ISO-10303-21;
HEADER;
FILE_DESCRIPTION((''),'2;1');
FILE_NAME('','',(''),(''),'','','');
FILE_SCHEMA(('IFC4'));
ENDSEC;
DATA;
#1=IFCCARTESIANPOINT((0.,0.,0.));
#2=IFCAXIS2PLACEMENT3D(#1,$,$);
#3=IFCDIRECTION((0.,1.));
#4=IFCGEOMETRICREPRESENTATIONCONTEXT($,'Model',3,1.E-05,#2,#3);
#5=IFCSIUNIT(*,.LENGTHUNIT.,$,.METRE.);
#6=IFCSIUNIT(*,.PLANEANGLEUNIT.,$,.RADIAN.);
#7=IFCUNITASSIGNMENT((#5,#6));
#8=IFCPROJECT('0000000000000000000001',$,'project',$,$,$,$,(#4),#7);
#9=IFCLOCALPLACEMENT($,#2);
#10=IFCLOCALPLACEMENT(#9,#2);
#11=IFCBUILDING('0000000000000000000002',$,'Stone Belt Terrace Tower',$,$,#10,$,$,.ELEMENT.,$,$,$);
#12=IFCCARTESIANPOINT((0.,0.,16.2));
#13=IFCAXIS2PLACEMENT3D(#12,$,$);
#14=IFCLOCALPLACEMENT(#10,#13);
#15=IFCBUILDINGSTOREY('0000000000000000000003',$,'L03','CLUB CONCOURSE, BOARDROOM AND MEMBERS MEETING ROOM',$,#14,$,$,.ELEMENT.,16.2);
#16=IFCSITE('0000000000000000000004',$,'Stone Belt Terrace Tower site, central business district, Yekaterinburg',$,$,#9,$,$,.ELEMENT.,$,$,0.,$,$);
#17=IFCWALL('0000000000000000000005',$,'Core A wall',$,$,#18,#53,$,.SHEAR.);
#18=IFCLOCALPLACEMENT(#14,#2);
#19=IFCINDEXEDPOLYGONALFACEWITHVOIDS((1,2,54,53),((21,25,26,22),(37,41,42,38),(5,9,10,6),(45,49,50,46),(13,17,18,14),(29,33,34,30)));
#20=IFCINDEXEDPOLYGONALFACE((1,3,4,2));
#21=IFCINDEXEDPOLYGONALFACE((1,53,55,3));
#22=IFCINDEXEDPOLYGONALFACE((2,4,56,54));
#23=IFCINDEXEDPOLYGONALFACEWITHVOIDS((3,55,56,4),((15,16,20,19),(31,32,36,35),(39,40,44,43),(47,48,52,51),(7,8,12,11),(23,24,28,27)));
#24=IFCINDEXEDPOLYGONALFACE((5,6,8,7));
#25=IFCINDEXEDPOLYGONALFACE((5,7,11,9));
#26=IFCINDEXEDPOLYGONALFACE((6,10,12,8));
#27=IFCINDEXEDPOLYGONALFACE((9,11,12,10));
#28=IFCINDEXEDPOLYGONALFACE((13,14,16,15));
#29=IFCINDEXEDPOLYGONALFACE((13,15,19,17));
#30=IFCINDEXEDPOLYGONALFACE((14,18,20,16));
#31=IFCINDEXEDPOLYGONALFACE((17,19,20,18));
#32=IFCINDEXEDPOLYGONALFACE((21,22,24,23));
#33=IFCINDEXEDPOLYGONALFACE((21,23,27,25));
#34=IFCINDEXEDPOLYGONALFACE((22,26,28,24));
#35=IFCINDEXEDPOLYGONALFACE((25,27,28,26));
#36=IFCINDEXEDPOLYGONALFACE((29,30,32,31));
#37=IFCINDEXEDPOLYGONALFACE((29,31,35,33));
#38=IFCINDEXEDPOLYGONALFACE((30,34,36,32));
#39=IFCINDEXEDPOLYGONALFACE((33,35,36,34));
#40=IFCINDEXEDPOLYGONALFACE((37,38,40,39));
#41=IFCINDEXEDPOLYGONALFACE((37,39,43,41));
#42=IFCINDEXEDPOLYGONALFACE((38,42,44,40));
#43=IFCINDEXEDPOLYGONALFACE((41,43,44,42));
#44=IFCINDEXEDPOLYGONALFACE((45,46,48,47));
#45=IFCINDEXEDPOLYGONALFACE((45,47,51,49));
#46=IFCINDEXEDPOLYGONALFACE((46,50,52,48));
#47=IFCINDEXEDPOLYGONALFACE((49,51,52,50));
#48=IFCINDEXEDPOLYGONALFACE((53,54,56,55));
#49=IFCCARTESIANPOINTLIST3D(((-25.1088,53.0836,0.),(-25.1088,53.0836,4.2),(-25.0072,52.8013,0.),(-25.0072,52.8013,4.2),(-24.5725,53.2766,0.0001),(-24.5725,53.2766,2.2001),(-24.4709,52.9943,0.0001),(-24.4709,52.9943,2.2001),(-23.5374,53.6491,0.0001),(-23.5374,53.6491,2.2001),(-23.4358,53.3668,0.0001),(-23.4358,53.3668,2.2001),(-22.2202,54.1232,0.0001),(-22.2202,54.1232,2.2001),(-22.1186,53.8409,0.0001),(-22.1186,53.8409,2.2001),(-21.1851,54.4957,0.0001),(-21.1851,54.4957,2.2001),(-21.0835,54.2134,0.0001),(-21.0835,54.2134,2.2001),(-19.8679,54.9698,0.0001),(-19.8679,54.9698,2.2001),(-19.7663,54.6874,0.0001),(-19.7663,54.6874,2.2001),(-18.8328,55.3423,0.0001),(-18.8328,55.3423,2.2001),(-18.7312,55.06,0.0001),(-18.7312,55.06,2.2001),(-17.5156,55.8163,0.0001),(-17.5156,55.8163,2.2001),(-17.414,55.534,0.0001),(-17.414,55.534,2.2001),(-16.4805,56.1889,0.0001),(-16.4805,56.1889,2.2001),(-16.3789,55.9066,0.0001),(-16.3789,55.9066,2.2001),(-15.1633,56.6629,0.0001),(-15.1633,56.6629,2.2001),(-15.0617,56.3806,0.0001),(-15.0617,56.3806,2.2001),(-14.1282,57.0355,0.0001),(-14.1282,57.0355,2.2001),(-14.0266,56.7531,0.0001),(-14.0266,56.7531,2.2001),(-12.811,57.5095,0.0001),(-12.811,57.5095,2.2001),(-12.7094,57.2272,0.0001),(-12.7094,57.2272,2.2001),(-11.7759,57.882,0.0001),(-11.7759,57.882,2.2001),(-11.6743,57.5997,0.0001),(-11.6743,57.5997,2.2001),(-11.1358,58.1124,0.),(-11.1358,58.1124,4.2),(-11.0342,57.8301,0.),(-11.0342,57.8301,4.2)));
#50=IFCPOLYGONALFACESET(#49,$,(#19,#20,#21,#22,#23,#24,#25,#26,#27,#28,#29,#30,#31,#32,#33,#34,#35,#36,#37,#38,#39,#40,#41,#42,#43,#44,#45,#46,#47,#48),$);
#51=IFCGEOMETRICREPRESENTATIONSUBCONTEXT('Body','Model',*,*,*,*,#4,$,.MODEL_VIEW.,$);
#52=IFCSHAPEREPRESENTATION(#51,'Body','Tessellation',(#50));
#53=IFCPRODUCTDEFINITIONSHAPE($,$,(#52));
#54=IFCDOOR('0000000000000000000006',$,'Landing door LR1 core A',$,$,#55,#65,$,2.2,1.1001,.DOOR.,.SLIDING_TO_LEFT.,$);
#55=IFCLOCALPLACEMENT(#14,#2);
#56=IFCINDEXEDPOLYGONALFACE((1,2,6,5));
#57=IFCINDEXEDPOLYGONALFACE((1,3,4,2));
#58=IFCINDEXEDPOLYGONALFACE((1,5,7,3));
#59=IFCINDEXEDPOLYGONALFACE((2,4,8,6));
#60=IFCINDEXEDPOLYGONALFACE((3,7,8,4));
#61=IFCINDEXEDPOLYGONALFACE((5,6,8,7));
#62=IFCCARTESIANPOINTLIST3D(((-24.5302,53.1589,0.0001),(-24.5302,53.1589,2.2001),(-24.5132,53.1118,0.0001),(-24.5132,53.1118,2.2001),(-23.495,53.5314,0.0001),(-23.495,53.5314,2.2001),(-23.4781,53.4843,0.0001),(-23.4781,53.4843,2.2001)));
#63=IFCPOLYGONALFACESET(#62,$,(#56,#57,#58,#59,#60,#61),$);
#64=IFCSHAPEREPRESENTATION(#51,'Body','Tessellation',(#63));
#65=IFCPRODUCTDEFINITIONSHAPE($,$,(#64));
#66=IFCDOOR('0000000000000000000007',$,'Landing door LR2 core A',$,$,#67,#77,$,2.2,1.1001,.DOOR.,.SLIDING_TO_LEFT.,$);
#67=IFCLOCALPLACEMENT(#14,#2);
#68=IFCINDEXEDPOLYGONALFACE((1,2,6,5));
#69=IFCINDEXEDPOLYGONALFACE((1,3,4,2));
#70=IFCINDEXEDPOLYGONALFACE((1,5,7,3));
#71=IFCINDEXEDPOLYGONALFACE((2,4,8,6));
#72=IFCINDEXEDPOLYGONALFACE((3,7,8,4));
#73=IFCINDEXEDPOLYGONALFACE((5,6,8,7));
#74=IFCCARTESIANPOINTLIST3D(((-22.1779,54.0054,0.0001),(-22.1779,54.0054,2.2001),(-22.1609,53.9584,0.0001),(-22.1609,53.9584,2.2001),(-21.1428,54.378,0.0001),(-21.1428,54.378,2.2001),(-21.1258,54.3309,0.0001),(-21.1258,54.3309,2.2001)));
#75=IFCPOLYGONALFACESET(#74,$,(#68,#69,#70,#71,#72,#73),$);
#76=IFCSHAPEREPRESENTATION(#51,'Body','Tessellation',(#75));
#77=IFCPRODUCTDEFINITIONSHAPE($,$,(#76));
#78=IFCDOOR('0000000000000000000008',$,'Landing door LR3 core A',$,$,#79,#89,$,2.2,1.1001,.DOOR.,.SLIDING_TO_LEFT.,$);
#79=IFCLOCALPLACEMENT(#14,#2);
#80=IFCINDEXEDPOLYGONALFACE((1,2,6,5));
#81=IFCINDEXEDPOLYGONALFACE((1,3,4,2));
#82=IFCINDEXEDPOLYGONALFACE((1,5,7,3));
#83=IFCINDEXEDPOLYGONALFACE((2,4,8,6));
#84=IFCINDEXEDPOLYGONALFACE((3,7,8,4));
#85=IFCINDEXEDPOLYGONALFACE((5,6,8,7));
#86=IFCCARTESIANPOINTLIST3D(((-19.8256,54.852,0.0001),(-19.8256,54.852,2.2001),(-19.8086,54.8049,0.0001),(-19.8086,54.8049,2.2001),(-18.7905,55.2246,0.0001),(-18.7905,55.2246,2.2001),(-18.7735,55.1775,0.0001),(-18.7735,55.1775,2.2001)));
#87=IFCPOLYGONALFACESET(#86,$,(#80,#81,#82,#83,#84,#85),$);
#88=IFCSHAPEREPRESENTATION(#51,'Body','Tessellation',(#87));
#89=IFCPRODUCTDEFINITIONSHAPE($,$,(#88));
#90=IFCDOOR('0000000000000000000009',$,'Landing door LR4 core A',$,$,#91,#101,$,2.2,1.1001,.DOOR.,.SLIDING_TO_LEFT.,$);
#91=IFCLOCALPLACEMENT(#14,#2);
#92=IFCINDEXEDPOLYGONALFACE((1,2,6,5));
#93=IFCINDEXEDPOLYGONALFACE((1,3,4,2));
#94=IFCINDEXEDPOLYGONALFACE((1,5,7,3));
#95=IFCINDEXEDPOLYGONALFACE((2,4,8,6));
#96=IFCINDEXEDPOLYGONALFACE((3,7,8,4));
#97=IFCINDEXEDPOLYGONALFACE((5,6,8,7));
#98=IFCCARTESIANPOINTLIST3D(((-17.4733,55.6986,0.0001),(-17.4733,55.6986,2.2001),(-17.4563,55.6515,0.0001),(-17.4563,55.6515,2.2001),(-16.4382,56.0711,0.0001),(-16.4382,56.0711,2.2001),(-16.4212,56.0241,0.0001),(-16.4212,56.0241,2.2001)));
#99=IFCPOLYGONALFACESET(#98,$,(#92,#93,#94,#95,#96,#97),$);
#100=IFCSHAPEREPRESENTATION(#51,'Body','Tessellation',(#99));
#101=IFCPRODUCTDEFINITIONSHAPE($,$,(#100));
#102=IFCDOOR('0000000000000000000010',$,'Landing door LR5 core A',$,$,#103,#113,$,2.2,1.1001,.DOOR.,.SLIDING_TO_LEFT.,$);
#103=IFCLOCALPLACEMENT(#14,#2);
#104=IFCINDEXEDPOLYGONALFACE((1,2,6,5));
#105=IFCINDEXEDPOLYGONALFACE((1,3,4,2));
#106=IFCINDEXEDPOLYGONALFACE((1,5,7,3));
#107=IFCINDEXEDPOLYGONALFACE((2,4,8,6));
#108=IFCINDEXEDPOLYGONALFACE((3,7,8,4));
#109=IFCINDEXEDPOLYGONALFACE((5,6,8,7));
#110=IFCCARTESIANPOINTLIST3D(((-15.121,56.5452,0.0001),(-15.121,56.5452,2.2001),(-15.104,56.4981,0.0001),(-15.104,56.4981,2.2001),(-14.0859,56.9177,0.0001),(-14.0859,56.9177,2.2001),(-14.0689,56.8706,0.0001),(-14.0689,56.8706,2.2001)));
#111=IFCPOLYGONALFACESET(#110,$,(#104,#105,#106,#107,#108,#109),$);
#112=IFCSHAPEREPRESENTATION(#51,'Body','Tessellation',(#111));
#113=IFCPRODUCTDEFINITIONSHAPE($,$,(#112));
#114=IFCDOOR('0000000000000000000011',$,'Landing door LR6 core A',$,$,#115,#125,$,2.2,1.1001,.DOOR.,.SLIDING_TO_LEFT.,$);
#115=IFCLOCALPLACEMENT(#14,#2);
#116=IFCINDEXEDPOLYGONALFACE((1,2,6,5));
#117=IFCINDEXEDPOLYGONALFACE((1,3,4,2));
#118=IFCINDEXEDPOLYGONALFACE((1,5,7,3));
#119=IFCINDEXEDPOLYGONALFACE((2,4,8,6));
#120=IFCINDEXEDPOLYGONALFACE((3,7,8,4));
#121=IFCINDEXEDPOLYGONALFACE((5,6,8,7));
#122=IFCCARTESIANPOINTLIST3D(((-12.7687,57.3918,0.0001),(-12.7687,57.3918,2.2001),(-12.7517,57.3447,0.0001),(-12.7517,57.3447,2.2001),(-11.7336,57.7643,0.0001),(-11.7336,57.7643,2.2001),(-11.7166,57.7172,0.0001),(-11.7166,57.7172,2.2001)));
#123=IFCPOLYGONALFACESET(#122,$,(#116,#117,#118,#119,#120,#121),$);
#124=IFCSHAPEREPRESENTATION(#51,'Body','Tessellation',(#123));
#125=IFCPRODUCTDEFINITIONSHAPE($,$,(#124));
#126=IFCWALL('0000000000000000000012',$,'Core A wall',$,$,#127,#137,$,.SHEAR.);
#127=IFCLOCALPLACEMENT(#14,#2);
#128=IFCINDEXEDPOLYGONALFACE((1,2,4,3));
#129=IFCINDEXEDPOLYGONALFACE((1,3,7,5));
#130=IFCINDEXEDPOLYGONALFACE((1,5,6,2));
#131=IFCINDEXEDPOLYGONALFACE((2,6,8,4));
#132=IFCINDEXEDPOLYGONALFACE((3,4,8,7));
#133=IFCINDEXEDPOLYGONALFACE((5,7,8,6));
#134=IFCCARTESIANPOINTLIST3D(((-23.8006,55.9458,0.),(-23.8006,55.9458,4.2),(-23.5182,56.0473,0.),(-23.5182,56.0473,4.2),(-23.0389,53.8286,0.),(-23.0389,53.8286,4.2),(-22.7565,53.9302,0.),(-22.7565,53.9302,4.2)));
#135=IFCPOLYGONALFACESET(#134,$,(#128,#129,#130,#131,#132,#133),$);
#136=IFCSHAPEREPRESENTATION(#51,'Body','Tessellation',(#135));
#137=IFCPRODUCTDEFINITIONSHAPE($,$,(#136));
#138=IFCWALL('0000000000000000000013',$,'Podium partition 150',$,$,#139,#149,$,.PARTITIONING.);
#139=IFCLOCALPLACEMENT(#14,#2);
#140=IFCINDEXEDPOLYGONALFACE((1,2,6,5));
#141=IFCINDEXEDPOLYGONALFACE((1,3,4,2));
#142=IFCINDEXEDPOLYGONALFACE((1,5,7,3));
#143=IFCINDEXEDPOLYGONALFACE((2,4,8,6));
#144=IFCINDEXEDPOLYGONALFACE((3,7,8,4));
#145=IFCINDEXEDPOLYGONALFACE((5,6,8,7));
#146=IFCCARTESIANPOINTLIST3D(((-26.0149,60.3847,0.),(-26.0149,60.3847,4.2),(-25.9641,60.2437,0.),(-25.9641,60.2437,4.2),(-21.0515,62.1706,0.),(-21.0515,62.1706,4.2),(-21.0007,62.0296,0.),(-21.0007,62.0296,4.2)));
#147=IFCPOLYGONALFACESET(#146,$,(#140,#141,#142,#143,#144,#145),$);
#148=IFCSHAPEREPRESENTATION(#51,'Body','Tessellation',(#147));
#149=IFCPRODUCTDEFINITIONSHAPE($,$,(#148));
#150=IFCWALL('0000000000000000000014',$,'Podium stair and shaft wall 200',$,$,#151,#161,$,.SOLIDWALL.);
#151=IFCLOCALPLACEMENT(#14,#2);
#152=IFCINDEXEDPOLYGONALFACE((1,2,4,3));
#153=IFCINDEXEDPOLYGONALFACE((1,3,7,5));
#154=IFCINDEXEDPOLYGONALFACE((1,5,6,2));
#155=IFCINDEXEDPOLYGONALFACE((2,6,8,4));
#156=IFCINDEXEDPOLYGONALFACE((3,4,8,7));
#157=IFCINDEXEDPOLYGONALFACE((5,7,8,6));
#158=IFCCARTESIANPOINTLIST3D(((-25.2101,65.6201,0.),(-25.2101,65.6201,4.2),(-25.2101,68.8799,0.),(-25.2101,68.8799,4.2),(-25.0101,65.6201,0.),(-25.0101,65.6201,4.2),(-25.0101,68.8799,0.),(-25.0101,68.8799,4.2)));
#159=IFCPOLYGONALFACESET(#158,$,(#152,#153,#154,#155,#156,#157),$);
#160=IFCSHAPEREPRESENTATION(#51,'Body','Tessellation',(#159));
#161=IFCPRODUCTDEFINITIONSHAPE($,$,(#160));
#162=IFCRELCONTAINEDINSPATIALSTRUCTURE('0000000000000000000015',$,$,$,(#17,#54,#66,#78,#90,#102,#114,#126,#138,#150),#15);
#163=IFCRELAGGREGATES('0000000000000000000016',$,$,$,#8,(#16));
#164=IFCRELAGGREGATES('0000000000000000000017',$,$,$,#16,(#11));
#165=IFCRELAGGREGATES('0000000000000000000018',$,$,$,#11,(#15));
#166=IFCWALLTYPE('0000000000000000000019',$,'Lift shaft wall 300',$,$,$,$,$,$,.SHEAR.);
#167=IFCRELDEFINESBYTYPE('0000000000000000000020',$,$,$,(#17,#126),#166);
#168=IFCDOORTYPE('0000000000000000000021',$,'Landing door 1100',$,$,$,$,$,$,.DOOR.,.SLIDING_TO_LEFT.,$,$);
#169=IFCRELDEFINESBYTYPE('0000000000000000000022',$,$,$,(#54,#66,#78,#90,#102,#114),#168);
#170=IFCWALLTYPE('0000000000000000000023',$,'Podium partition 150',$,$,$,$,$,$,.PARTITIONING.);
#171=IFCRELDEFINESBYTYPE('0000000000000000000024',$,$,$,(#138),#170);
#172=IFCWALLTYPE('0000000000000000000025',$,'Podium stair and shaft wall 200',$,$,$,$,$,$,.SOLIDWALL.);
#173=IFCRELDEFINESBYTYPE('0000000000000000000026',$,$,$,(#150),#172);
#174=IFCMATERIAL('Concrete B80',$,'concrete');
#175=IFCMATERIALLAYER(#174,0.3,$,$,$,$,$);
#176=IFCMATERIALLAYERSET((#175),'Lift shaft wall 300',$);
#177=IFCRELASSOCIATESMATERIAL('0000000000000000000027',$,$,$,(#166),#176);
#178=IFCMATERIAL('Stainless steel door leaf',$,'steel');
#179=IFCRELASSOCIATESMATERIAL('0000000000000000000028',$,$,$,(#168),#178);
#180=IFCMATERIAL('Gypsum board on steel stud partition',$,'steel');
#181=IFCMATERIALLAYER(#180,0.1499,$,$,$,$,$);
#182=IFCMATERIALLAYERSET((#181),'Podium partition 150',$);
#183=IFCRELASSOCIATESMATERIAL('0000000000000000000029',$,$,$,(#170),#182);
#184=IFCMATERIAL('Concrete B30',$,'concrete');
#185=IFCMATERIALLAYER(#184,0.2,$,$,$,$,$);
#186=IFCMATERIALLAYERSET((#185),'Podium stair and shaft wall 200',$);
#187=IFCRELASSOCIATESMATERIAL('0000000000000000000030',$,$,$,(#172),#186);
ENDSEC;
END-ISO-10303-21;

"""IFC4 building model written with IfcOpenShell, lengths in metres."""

from ifc_helpers import new_model, si_unit, direction, frame, frame_2d, origin, place, context, subcontext, project, spatial, rectangle, extrude, material, layer, layer_set, type_object, element, fill, save


model = new_model("IFC4")

# Units and contexts
model_context = context("Model", 3, precision=1e-05, world=origin(), true_north=direction((0.0, 1.0)))
body_context = subcontext(model_context, "Body", "Model", "MODEL_VIEW")
ifc_project = project(units=[si_unit("LENGTHUNIT", "METRE"), si_unit("PLANEANGLEUNIT", "RADIAN")], contexts=[model_context])

# Site, building, storey
site_placement = place(None, origin())
site = spatial("IfcSite", under=ifc_project, at=site_placement, Name="Stone Belt Terrace Tower site, central business district, Yekaterinburg", CompositionType="ELEMENT", RefElevation=0.0)
building_placement = place(site_placement, origin())
building = spatial("IfcBuilding", under=site, at=building_placement, Name="Stone Belt Terrace Tower", CompositionType="ELEMENT")
storey_placement = place(building_placement, frame((0.0, 0.0, 16.2)))
storey = spatial("IfcBuildingStorey", under=building, at=storey_placement, Name="L03", Description="CLUB CONCOURSE, BOARDROOM AND MEMBERS MEETING ROOM", CompositionType="ELEMENT", Elevation=16.2)

# Shared definitions
ifc_material_1 = material(Name="Concrete B80", Category="concrete")

# Shared definitions
ifc_layer_1 = layer(ifc_material_1, 0.3)
ifc_layer_set_1 = layer_set([ifc_layer_1], Name="Lift shaft wall 300")
wall_type_1 = type_object("IfcWallType", Name="Lift shaft wall 300", PredefinedType="SHEAR", material=ifc_layer_set_1)
ifc_material_2 = material(Name="Stainless steel door leaf", Category="steel")

# Wall, openings, doors
wall_1_placement = place(storey_placement, frame((-25.0581, 52.9424, 0.0), z_axis=(0.0, 0.0, 1.0), x_axis=(0.940918, 0.338634, 0.0)))
wall_1 = element("IfcWall", 1, at=wall_1_placement, inside=storey, type_object=wall_type_1, Name="Core A wall", PredefinedType="SHEAR", context=body_context, shape_type="SweptSolid", body=[
    extrude(rectangle(XDim=14.8503, YDim=0.3, at=frame_2d((7.4253, 0.0))), origin(), (0.0, 0.0, 1.0), 4.2),
])
opening_1_placement = place(wall_1_placement, frame((0.5701, 0.0, 0.0)))
opening_1 = element("IfcOpeningElement", 2, at=opening_1_placement, cuts=wall_1, PredefinedType="OPENING", context=body_context, shape_type="SweptSolid", body=[
    extrude(rectangle(XDim=1.1001, YDim=2.2, at=frame_2d((0.55, 1.1001))), frame((0.0, 0.1599, 0.0), z_axis=(0.0, -1.0, 0.0), x_axis=(1.0, 0.0, 0.0)), (0.0, 0.0, 1.0), 0.3201),
])
opening_2_placement = place(wall_1_placement, frame((3.0701, 0.0, 0.0)))
opening_2 = element("IfcOpeningElement", 3, at=opening_2_placement, cuts=wall_1, PredefinedType="OPENING", context=body_context, shape_type="SweptSolid", body=[
    extrude(rectangle(XDim=1.1001, YDim=2.2, at=frame_2d((0.55, 1.1001))), frame((0.0, 0.1599, 0.0), z_axis=(0.0, -1.0, 0.0), x_axis=(1.0, 0.0, 0.0)), (0.0, 0.0, 1.0), 0.3201),
])
opening_3_placement = place(wall_1_placement, frame((5.5701, 0.0, 0.0)))
opening_3 = element("IfcOpeningElement", 4, at=opening_3_placement, cuts=wall_1, PredefinedType="OPENING", context=body_context, shape_type="SweptSolid", body=[
    extrude(rectangle(XDim=1.1001, YDim=2.2, at=frame_2d((0.55, 1.1001))), frame((0.0, 0.1599, 0.0), z_axis=(0.0, -1.0, 0.0), x_axis=(1.0, 0.0, 0.0)), (0.0, 0.0, 1.0), 0.3201),
])
opening_4_placement = place(wall_1_placement, frame((8.0701, 0.0, 0.0)))
opening_4 = element("IfcOpeningElement", 5, at=opening_4_placement, cuts=wall_1, PredefinedType="OPENING", context=body_context, shape_type="SweptSolid", body=[
    extrude(rectangle(XDim=1.1001, YDim=2.2, at=frame_2d((0.55, 1.1001))), frame((0.0, 0.1599, 0.0), z_axis=(0.0, -1.0, 0.0), x_axis=(1.0, 0.0, 0.0)), (0.0, 0.0, 1.0), 0.3201),
])
opening_5_placement = place(wall_1_placement, frame((10.5701, 0.0, 0.0)))
opening_5 = element("IfcOpeningElement", 6, at=opening_5_placement, cuts=wall_1, PredefinedType="OPENING", context=body_context, shape_type="SweptSolid", body=[
    extrude(rectangle(XDim=1.1001, YDim=2.2, at=frame_2d((0.55, 1.1001))), frame((0.0, 0.1599, 0.0), z_axis=(0.0, -1.0, 0.0), x_axis=(1.0, 0.0, 0.0)), (0.0, 0.0, 1.0), 0.3201),
])
opening_6_placement = place(wall_1_placement, frame((13.0701, 0.0, 0.0)))
opening_6 = element("IfcOpeningElement", 7, at=opening_6_placement, cuts=wall_1, PredefinedType="OPENING", context=body_context, shape_type="SweptSolid", body=[
    extrude(rectangle(XDim=1.1001, YDim=2.2, at=frame_2d((0.55, 1.1001))), frame((0.0, 0.1599, 0.0), z_axis=(0.0, -1.0, 0.0), x_axis=(1.0, 0.0, 0.0)), (0.0, 0.0, 1.0), 0.3201),
])
door_type_1 = type_object("IfcDoorType", Name="Landing door 1100", OperationType="SLIDING_TO_LEFT", PredefinedType="DOOR", material=ifc_material_2)
door_1_placement = place(opening_1_placement, origin())
door_1 = element("IfcDoor", 8, at=door_1_placement, inside=storey, type_object=door_type_1, Name="Landing door LR1 core A", OperationType="SLIDING_TO_LEFT", OverallHeight=2.2, OverallWidth=1.1001, PredefinedType="DOOR", context=body_context, shape_type="SweptSolid", body=[
    extrude(rectangle(XDim=1.1001, YDim=2.2, at=frame_2d((0.55, 1.1001))), frame((0.0, 0.0249, 0.0), z_axis=(0.0, -1.0, 0.0), x_axis=(1.0, 0.0, 0.0)), (0.0, 0.0, 1.0), 0.05),
])
fill(opening_1, door_1)
door_2_placement = place(opening_2_placement, origin())
door_2 = element("IfcDoor", 9, at=door_2_placement, inside=storey, type_object=door_type_1, Name="Landing door LR2 core A", OperationType="SLIDING_TO_LEFT", OverallHeight=2.2, OverallWidth=1.1001, PredefinedType="DOOR", context=body_context, shape_type="SweptSolid", body=[
    extrude(rectangle(XDim=1.1001, YDim=2.2, at=frame_2d((0.55, 1.1001))), frame((0.0, 0.0249, 0.0), z_axis=(0.0, -1.0, 0.0), x_axis=(1.0, 0.0, 0.0)), (0.0, 0.0, 1.0), 0.05),
])
fill(opening_2, door_2)
door_3_placement = place(opening_3_placement, origin())
door_3 = element("IfcDoor", 10, at=door_3_placement, inside=storey, type_object=door_type_1, Name="Landing door LR3 core A", OperationType="SLIDING_TO_LEFT", OverallHeight=2.2, OverallWidth=1.1001, PredefinedType="DOOR", context=body_context, shape_type="SweptSolid", body=[
    extrude(rectangle(XDim=1.1001, YDim=2.2, at=frame_2d((0.55, 1.1001))), frame((0.0, 0.0249, 0.0), z_axis=(0.0, -1.0, 0.0), x_axis=(1.0, 0.0, 0.0)), (0.0, 0.0, 1.0), 0.05),
])
fill(opening_3, door_3)
door_4_placement = place(opening_4_placement, origin())
door_4 = element("IfcDoor", 11, at=door_4_placement, inside=storey, type_object=door_type_1, Name="Landing door LR4 core A", OperationType="SLIDING_TO_LEFT", OverallHeight=2.2, OverallWidth=1.1001, PredefinedType="DOOR", context=body_context, shape_type="SweptSolid", body=[
    extrude(rectangle(XDim=1.1001, YDim=2.2, at=frame_2d((0.55, 1.1001))), frame((0.0, 0.0249, 0.0), z_axis=(0.0, -1.0, 0.0), x_axis=(1.0, 0.0, 0.0)), (0.0, 0.0, 1.0), 0.05),
])
fill(opening_4, door_4)
door_5_placement = place(opening_5_placement, origin())
door_5 = element("IfcDoor", 12, at=door_5_placement, inside=storey, type_object=door_type_1, Name="Landing door LR5 core A", OperationType="SLIDING_TO_LEFT", OverallHeight=2.2, OverallWidth=1.1001, PredefinedType="DOOR", context=body_context, shape_type="SweptSolid", body=[
    extrude(rectangle(XDim=1.1001, YDim=2.2, at=frame_2d((0.55, 1.1001))), frame((0.0, 0.0249, 0.0), z_axis=(0.0, -1.0, 0.0), x_axis=(1.0, 0.0, 0.0)), (0.0, 0.0, 1.0), 0.05),
])
fill(opening_5, door_5)
door_6_placement = place(opening_6_placement, origin())
door_6 = element("IfcDoor", 13, at=door_6_placement, inside=storey, type_object=door_type_1, Name="Landing door LR6 core A", OperationType="SLIDING_TO_LEFT", OverallHeight=2.2, OverallWidth=1.1001, PredefinedType="DOOR", context=body_context, shape_type="SweptSolid", body=[
    extrude(rectangle(XDim=1.1001, YDim=2.2, at=frame_2d((0.55, 1.1001))), frame((0.0, 0.0249, 0.0), z_axis=(0.0, -1.0, 0.0), x_axis=(1.0, 0.0, 0.0)), (0.0, 0.0, 1.0), 0.05),
])
fill(opening_6, door_6)

# Walls
wall_2_placement = place(storey_placement, frame((-22.8977, 53.8794, 0.0), z_axis=(0.0, 0.0, 1.0), x_axis=(-0.338535, 0.940954, 0.0)))
element("IfcWall", 14, at=wall_2_placement, inside=storey, type_object=wall_type_1, Name="Core A wall", PredefinedType="SHEAR", context=body_context, shape_type="SweptSolid", body=[
    extrude(rectangle(XDim=2.25, YDim=0.3, at=frame_2d((1.125, 0.0))), origin(), (0.0, 0.0, 1.0), 4.2),
])
ifc_material_3 = material(Name="Gypsum board on steel stud partition", Category="steel")
ifc_layer_2 = layer(ifc_material_3, 0.1499)
ifc_layer_set_2 = layer_set([ifc_layer_2], Name="Podium partition 150")
wall_type_2 = type_object("IfcWallType", Name="Podium partition 150", PredefinedType="PARTITIONING", material=ifc_layer_set_2)
wall_3_placement = place(storey_placement, frame((-25.9895, 60.3142, 0.0), z_axis=(0.0, 0.0, 1.0), x_axis=(0.940943, 0.338564, 0.0)))
element("IfcWall", 15, at=wall_3_placement, inside=storey, type_object=wall_type_2, Name="Podium partition 150", PredefinedType="PARTITIONING", context=body_context, shape_type="SweptSolid", body=[
    extrude(rectangle(XDim=5.2749, YDim=0.1499, at=frame_2d((2.6375, 0.0))), origin(), (0.0, 0.0, 1.0), 4.2),
])
ifc_material_4 = material(Name="Concrete B30", Category="concrete")
ifc_layer_3 = layer(ifc_material_4, 0.2)
ifc_layer_set_3 = layer_set([ifc_layer_3], Name="Podium stair and shaft wall 200")
wall_type_3 = type_object("IfcWallType", Name="Podium stair and shaft wall 200", PredefinedType="SOLIDWALL", material=ifc_layer_set_3)
wall_4_placement = place(storey_placement, frame((-25.1101, 65.6201, 0.0), z_axis=(0.0, 0.0, 1.0), x_axis=(0.0, 1.0, 0.0)))
element("IfcWall", 16, at=wall_4_placement, inside=storey, type_object=wall_type_3, Name="Podium stair and shaft wall 200", PredefinedType="SOLIDWALL", context=body_context, shape_type="SweptSolid", body=[
    extrude(rectangle(XDim=3.2598, YDim=0.2, at=frame_2d((1.6299, 0.0))), origin(), (0.0, 0.0, 1.0), 4.2),
])

save(model, "model.ifc")
